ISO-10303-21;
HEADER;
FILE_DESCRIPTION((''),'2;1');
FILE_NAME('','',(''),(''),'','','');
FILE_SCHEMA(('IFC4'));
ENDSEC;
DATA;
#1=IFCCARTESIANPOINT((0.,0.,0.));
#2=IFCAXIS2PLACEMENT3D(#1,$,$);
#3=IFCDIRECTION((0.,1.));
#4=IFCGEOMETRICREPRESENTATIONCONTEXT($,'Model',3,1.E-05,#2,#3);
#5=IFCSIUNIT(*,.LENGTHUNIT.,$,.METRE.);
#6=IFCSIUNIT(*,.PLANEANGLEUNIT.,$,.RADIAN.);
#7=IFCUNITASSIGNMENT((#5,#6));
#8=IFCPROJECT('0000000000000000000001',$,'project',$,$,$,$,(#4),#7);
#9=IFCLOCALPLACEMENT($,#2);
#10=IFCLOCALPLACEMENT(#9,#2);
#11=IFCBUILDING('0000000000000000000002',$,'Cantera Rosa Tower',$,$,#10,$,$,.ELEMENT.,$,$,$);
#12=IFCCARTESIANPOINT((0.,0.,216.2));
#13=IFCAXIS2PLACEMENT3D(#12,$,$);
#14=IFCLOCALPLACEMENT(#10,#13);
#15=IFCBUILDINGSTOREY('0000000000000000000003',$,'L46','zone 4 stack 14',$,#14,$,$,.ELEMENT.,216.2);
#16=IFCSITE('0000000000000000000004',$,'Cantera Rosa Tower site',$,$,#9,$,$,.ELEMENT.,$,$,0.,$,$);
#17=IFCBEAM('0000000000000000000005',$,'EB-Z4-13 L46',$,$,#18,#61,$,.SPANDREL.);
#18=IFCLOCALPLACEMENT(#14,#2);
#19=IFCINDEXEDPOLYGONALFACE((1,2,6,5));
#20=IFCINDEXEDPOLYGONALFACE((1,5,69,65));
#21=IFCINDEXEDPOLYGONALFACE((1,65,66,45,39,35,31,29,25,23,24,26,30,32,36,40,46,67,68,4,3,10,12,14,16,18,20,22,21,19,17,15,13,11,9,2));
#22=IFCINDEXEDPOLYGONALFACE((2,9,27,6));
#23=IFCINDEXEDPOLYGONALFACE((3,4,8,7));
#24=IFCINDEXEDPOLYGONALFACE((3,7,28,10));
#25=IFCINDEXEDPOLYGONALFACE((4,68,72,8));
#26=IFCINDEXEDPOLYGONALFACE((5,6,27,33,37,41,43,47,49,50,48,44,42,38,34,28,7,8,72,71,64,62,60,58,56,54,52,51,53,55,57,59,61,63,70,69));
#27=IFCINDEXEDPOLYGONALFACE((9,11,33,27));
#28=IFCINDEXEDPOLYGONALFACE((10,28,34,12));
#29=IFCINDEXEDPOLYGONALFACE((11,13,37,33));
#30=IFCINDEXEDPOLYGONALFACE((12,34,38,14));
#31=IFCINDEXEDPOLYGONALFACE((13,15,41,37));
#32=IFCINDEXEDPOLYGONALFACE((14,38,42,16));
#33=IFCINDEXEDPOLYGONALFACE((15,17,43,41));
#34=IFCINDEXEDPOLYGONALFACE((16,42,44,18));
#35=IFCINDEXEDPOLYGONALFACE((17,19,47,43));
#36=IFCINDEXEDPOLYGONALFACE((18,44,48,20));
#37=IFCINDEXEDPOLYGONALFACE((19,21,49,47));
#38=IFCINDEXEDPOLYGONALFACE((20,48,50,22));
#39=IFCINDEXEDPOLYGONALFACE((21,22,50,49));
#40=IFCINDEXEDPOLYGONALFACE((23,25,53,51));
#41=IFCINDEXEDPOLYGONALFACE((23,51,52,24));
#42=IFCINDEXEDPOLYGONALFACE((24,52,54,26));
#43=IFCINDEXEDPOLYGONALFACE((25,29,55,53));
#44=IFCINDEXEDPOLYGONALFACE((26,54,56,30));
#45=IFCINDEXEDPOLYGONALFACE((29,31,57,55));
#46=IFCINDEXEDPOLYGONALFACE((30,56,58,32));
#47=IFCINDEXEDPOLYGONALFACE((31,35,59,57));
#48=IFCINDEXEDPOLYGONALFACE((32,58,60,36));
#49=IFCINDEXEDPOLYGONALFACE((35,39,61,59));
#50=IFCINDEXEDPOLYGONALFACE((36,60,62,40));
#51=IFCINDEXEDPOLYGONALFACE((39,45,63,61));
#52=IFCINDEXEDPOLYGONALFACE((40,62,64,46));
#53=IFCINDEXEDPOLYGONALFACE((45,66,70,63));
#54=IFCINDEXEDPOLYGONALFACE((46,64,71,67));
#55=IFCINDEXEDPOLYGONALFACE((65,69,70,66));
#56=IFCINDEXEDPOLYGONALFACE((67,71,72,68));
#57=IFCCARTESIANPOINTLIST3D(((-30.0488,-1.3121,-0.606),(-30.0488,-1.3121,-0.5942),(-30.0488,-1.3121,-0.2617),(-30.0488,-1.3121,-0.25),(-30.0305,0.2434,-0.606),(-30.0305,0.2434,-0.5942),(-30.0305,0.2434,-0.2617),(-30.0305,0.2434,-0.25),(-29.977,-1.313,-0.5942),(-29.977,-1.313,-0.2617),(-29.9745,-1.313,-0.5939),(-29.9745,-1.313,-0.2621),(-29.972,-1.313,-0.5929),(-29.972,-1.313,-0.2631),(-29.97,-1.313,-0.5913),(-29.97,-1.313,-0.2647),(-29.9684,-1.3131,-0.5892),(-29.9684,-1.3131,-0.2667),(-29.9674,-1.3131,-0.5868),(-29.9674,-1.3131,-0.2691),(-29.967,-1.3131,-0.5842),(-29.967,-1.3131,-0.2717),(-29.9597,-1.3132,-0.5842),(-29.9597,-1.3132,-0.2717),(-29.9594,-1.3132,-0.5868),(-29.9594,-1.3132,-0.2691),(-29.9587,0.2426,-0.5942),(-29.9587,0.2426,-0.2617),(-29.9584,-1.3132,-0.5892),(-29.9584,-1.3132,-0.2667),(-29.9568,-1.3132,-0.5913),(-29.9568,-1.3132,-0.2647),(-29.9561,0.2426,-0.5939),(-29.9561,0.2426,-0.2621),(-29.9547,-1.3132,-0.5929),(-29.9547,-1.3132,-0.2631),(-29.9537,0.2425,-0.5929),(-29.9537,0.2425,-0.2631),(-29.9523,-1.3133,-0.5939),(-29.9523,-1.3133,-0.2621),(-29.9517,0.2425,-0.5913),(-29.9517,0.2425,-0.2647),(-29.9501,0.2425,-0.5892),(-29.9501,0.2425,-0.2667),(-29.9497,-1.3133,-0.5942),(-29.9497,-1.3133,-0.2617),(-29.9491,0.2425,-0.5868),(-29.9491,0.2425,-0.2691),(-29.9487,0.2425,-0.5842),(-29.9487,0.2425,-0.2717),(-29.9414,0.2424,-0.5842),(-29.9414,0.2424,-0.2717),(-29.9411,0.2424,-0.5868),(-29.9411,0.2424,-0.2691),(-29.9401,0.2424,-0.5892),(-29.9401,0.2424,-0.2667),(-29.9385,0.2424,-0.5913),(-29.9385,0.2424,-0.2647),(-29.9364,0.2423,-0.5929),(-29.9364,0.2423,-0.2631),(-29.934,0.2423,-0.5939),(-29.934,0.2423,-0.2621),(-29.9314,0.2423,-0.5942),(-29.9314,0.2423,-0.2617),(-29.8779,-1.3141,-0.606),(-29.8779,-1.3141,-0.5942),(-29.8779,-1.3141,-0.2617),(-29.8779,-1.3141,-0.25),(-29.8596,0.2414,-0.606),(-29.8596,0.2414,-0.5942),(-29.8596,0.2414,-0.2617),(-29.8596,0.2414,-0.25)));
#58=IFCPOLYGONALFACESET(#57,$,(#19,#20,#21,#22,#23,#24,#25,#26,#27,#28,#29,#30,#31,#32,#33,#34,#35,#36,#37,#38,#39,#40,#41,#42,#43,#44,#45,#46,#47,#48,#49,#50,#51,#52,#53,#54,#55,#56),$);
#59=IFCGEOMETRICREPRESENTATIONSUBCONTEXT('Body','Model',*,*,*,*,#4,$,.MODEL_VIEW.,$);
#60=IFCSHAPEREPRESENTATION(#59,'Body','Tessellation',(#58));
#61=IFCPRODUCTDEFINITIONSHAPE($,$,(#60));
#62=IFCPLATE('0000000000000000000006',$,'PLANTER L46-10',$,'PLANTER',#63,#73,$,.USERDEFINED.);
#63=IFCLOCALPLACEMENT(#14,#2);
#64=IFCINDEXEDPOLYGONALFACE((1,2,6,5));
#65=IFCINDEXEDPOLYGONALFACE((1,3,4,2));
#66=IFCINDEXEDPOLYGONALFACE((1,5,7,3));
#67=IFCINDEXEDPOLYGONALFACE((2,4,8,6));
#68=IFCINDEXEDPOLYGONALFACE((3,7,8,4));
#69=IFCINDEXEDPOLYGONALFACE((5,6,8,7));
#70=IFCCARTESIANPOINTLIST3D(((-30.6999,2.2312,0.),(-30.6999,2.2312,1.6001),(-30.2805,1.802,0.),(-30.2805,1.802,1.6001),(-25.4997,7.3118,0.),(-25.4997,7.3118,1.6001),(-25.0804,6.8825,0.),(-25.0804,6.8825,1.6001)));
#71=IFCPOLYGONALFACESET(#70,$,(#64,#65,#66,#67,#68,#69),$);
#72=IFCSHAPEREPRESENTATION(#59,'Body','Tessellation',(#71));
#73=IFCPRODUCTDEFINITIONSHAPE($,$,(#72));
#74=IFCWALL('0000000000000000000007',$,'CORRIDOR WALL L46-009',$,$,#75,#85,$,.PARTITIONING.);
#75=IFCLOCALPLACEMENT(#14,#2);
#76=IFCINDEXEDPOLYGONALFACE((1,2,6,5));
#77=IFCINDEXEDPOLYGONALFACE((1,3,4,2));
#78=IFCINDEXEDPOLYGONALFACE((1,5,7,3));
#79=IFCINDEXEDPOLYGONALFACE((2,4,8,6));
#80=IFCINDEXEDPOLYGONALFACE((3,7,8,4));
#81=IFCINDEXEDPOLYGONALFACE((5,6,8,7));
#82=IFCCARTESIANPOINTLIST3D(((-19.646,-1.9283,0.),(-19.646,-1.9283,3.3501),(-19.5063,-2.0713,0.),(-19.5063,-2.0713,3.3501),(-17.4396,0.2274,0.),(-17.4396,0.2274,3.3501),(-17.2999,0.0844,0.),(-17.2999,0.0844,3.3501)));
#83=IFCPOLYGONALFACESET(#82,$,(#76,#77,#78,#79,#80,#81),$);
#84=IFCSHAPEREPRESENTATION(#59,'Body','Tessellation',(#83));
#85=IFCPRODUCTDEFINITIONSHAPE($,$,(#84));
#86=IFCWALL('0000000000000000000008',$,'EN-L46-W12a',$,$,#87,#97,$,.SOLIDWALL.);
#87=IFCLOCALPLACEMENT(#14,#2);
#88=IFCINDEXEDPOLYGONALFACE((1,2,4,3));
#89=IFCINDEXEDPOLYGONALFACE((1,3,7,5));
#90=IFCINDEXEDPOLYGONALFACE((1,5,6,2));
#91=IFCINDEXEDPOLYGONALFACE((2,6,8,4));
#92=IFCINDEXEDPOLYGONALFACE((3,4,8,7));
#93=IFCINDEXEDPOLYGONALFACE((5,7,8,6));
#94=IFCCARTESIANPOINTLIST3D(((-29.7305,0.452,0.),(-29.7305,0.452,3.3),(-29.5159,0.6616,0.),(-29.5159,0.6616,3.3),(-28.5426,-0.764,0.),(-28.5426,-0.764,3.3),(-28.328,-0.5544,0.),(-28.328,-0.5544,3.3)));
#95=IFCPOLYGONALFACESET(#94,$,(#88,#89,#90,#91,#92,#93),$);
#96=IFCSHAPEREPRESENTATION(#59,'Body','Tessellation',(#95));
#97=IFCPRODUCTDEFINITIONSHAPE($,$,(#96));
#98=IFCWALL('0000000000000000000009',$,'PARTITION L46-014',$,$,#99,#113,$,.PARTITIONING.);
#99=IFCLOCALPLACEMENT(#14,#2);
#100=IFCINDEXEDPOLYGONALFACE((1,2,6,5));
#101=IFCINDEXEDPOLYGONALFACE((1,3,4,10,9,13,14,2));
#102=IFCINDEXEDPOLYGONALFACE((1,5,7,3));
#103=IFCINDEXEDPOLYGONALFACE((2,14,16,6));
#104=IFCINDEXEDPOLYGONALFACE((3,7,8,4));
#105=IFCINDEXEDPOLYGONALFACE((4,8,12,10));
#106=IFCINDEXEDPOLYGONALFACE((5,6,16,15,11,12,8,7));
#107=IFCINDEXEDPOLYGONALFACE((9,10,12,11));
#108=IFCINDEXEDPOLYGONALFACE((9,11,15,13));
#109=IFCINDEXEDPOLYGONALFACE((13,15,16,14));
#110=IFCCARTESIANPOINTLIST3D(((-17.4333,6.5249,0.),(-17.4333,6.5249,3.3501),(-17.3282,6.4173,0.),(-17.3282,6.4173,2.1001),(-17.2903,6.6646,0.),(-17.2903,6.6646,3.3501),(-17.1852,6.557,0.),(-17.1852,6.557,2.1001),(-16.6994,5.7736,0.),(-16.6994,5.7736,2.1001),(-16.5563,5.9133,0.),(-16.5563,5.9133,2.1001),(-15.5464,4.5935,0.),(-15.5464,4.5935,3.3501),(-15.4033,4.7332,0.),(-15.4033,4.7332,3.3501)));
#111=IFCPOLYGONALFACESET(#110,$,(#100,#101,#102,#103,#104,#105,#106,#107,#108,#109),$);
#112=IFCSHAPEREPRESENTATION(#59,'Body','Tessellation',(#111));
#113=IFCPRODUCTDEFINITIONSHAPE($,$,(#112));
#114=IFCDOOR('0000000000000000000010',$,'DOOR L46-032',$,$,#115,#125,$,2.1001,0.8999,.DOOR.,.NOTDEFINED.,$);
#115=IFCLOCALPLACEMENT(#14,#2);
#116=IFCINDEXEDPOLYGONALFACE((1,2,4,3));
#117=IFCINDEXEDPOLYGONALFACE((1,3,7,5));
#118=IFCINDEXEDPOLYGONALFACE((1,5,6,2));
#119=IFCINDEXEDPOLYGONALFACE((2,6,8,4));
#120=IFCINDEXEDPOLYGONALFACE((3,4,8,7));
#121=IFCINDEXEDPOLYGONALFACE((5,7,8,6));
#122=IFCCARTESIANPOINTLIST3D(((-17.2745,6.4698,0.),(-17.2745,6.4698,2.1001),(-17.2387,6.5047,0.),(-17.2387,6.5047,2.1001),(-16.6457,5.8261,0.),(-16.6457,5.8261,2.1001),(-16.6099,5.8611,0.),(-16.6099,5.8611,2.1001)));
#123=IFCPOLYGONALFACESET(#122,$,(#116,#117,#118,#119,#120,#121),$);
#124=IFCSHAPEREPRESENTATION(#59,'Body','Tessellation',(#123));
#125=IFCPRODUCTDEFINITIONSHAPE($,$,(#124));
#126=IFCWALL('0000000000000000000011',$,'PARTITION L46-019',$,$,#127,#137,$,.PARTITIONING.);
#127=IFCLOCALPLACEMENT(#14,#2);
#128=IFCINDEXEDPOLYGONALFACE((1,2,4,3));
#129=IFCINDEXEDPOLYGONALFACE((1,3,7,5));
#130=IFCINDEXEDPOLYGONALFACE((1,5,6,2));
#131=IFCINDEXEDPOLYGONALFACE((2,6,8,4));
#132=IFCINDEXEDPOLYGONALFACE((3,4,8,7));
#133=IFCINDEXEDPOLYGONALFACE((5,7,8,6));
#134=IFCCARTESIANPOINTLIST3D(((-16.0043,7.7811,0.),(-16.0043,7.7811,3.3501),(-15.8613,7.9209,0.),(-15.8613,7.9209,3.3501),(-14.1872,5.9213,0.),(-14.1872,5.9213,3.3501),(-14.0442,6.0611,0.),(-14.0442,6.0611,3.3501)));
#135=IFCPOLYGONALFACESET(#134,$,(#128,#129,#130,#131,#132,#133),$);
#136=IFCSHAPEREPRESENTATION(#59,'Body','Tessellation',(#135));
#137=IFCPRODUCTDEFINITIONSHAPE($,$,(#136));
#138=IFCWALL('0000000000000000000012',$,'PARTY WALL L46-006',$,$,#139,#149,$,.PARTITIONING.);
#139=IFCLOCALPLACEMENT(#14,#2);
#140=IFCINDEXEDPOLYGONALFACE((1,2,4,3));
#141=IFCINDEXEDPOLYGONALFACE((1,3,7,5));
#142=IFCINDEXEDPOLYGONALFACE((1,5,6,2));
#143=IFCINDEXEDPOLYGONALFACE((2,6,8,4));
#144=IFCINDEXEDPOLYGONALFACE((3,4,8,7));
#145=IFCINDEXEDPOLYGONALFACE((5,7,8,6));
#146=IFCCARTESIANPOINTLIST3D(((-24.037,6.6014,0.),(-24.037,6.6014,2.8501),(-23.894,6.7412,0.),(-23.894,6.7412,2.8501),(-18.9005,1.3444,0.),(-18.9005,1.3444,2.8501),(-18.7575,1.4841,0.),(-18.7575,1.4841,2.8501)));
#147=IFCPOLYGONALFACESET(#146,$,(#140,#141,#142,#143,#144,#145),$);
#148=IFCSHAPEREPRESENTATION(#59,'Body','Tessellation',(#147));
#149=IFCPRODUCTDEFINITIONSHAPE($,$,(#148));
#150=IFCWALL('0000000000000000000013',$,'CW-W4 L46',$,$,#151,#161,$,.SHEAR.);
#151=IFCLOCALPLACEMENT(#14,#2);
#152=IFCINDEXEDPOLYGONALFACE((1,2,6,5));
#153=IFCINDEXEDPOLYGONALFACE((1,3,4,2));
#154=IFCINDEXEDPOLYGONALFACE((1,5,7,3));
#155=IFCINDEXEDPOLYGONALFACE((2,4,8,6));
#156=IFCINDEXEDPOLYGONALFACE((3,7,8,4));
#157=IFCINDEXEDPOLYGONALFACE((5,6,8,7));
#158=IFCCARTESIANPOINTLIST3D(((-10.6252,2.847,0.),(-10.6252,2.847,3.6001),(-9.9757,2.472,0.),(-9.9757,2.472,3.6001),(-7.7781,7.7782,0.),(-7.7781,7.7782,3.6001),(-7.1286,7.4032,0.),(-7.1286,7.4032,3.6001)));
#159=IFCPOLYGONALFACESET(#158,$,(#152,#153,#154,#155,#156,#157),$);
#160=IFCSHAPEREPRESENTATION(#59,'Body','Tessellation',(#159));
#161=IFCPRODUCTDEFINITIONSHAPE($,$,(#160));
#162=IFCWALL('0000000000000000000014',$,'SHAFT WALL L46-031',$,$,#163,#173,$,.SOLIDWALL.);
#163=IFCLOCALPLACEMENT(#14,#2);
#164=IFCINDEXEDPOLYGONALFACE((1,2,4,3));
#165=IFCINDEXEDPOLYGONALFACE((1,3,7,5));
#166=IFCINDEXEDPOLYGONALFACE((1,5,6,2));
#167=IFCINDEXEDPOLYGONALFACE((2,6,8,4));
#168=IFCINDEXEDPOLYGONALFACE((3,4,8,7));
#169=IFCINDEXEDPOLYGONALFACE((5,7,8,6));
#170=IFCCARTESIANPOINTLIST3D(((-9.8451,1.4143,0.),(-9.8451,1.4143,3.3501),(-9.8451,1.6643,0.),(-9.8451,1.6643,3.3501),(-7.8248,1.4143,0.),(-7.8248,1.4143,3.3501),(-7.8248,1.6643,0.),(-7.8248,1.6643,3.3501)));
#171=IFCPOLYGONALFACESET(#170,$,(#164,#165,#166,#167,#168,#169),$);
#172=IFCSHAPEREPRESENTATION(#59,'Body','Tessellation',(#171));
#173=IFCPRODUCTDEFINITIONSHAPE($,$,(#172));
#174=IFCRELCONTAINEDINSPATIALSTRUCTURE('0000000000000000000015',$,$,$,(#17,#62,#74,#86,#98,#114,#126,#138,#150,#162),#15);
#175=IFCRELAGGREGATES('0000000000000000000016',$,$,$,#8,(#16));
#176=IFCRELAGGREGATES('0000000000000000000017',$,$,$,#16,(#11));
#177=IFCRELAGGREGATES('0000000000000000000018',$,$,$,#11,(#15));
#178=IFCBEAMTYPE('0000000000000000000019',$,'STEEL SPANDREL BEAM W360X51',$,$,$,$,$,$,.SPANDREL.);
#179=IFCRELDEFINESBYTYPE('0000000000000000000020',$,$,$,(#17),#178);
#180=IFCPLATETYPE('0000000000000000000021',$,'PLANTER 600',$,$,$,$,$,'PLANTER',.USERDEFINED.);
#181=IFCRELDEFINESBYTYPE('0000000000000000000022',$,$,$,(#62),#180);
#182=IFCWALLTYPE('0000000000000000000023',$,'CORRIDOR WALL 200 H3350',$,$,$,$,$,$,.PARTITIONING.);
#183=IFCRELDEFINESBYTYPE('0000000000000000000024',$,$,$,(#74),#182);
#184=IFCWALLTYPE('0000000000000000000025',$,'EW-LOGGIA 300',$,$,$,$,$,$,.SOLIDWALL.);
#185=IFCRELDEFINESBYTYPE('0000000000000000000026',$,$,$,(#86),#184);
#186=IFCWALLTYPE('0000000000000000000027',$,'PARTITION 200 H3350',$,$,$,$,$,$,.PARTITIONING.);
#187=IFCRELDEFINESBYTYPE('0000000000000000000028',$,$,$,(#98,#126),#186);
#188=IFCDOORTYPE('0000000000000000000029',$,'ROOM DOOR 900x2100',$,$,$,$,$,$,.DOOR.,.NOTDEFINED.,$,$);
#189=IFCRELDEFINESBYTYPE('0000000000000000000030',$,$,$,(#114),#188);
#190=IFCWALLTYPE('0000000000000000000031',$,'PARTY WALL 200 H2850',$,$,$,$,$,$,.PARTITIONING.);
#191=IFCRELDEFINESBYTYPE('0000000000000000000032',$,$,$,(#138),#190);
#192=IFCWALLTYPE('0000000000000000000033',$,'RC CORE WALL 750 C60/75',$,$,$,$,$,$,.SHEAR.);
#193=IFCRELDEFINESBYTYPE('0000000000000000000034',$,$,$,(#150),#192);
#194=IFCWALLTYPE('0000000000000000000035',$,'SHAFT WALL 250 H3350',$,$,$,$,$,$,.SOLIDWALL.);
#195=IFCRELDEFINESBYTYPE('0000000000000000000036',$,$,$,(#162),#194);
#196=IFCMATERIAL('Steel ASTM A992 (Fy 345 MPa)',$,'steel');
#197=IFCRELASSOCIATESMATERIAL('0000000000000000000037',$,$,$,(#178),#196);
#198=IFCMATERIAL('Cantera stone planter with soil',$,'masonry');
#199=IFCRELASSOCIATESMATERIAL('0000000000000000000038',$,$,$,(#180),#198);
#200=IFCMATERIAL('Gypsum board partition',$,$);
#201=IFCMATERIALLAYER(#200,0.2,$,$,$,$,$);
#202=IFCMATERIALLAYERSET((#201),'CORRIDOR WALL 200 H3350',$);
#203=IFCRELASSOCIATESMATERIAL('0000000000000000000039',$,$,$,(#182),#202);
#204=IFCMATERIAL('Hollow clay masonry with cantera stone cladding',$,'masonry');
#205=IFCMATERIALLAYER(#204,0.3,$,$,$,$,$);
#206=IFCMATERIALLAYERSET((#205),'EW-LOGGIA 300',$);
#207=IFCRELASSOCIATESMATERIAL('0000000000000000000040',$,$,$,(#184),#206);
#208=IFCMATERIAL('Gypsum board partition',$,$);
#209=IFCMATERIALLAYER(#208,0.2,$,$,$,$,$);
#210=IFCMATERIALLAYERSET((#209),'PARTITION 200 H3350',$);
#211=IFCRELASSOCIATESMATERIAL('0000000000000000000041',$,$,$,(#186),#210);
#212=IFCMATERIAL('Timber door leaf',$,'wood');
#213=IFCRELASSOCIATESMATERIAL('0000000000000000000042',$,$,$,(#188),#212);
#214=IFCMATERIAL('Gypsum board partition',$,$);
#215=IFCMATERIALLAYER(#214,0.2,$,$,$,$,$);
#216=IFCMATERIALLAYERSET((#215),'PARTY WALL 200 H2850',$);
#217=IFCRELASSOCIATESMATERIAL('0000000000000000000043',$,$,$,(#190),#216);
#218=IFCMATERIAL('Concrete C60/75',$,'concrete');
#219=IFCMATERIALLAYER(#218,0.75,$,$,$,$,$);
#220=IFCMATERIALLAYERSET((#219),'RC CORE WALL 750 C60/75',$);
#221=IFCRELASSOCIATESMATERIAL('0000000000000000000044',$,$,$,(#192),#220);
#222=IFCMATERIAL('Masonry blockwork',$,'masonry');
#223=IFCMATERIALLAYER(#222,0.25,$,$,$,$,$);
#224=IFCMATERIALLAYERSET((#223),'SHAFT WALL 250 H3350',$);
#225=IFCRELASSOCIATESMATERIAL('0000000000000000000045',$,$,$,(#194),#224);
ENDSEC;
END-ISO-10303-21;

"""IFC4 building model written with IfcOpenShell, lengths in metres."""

from ifc_helpers import new_model, si_unit, direction, frame, frame_2d, origin, origin_2d, place, context, subcontext, project, spatial, rectangle, i_section, extrude, material, layer, layer_set, material_profile, profile_set, type_object, element, fill, save


model = new_model("IFC4")

# Units and contexts
model_context = context("Model", 3, precision=1e-05, world=origin(), true_north=direction((0.0, 1.0)))
body_context = subcontext(model_context, "Body", "Model", "MODEL_VIEW")
ifc_project = project(units=[si_unit("LENGTHUNIT", "METRE"), si_unit("PLANEANGLEUNIT", "RADIAN")], contexts=[model_context])

# Site, building, storey
site_placement = place(None, origin())
site = spatial("IfcSite", under=ifc_project, at=site_placement, Name="Cantera Rosa Tower site", CompositionType="ELEMENT", RefElevation=0.0)
building_placement = place(site_placement, origin())
building = spatial("IfcBuilding", under=site, at=building_placement, Name="Cantera Rosa Tower", CompositionType="ELEMENT")
storey_placement = place(building_placement, frame((0.0, 0.0, 216.2)))
storey = spatial("IfcBuildingStorey", under=building, at=storey_placement, Name="L46", Description="zone 4 stack 14", CompositionType="ELEMENT", Elevation=216.2)

# Beam
ifc_material_1 = material(Name="Steel ASTM A992 (Fy 345 MPa)", Category="steel")
ifc_material_profile_1 = material_profile(ifc_material_1, i_section(OverallWidth=0.1709, OverallDepth=0.356, WebThickness=0.0073, FlangeThickness=0.0117, FilletRadius=0.01, at=origin_2d()), Name="W360X51")
ifc_profile_set_1 = profile_set([ifc_material_profile_1], Name="Steel ASTM A992 (Fy 345 MPa)")
beam_type_1 = type_object("IfcBeamType", Name="STEEL SPANDREL BEAM W360X51", PredefinedType="SPANDREL", material=ifc_profile_set_1)
beam_1_placement = place(storey_placement, frame((-29.9451, 0.2424, -0.428), z_axis=(-0.011769, -0.999931, 0.0), x_axis=(0.999931, -0.011769, 0.0)))
element("IfcBeam", 1, at=beam_1_placement, inside=storey, type_object=beam_type_1, Name="EB-Z4-13 L46", PredefinedType="SPANDREL", context=body_context, shape_type="SweptSolid", body=[
    extrude(i_section(OverallWidth=0.1709, OverallDepth=0.356, WebThickness=0.0073, FlangeThickness=0.0117, FilletRadius=0.01, at=origin_2d()), origin(), (0.0, 0.0, 1.0), 1.5557),
])

# Plate
ifc_material_2 = material(Name="Cantera stone planter with soil", Category="masonry")
plate_type = type_object("IfcPlateType", Name="PLANTER 600", ElementType="PLANTER", PredefinedType="USERDEFINED", material=ifc_material_2)
plate_placement = place(storey_placement, frame((-27.8901, 4.5569, 0.0), z_axis=(0.0, 0.0, 1.0), x_axis=(-0.715286, -0.698832, 0.0)))
element("IfcPlate", 2, at=plate_placement, inside=storey, type_object=plate_type, Name="PLANTER L46-10", ObjectType="PLANTER", PredefinedType="USERDEFINED", context=body_context, shape_type="SweptSolid", body=[
    extrude(rectangle(XDim=7.27, YDim=0.6001, at=origin_2d()), origin(), (0.0, 0.0, 1.0), 1.6001),
])

# Walls
ifc_material_3 = material(Name="Gypsum board partition")
ifc_layer_1 = layer(ifc_material_3, 0.2)
ifc_layer_set_1 = layer_set([ifc_layer_1], Name="CORRIDOR WALL 200 H3350")
wall_type_1 = type_object("IfcWallType", Name="CORRIDOR WALL 200 H3350", PredefinedType="PARTITIONING", material=ifc_layer_set_1)
wall_1_placement = place(storey_placement, frame((-17.3696, 0.156, 0.0), z_axis=(0.0, 0.0, 1.0), x_axis=(-0.71529, -0.698828, 0.0)))
element("IfcWall", 3, at=wall_1_placement, inside=storey, type_object=wall_type_1, Name="CORRIDOR WALL L46-009", PredefinedType="PARTITIONING", context=body_context, shape_type="SweptSolid", body=[
    extrude(rectangle(XDim=3.0847, YDim=0.2, at=frame_2d((1.5425, 0.0))), origin(), (0.0, 0.0, 1.0), 3.3501),
])
ifc_material_4 = material(Name="Hollow clay masonry with cantera stone cladding", Category="masonry")
ifc_layer_2 = layer(ifc_material_4, 0.3)
ifc_layer_set_2 = layer_set([ifc_layer_2], Name="EW-LOGGIA 300")
wall_type_2 = type_object("IfcWallType", Name="EW-LOGGIA 300", PredefinedType="SOLIDWALL", material=ifc_layer_set_2)
wall_2_placement = place(storey_placement, frame((-29.6233, 0.5569, 0.0), z_axis=(0.0, 0.0, 1.0), x_axis=(0.698801, -0.715316, 0.0)))
element("IfcWall", 4, at=wall_2_placement, inside=storey, type_object=wall_type_2, Name="EN-L46-W12a", PredefinedType="SOLIDWALL", context=body_context, shape_type="SweptSolid", body=[
    extrude(rectangle(XDim=1.7, YDim=0.3, at=frame_2d((0.8501, 0.0))), origin(), (0.0, 0.0, 1.0), 3.3),
])

# Wall, opening, door
ifc_material_5 = material(Name="Gypsum board partition")
ifc_layer_3 = layer(ifc_material_5, 0.2)
ifc_layer_set_3 = layer_set([ifc_layer_3], Name="PARTITION 200 H3350")
wall_type_3 = type_object("IfcWallType", Name="PARTITION 200 H3350", PredefinedType="PARTITIONING", material=ifc_layer_set_3)
wall_3_placement = place(storey_placement, frame((-15.4749, 4.6633, 0.0), z_axis=(0.0, 0.0, 1.0), x_axis=(-0.698831, 0.715287, 0.0)))
wall_3 = element("IfcWall", 5, at=wall_3_placement, inside=storey, type_object=wall_type_3, Name="PARTITION L46-014", PredefinedType="PARTITIONING", context=body_context, shape_type="SweptSolid", body=[
    extrude(rectangle(XDim=2.7002, YDim=0.2, at=frame_2d((1.3501, 0.0))), origin(), (0.0, 0.0, 1.0), 3.3501),
])
opening_1_placement = place(wall_3_placement, frame((1.6499, 0.0, 0.0)))
opening_1 = element("IfcOpeningElement", 6, at=opening_1_placement, cuts=wall_3, PredefinedType="OPENING", context=body_context, shape_type="SweptSolid", body=[
    extrude(rectangle(XDim=0.8999, YDim=2.1001, at=frame_2d((0.45, 1.05))), frame((0.0, 0.1099, 0.0), z_axis=(0.0, -1.0, 0.0), x_axis=(1.0, 0.0, 0.0)), (0.0, 0.0, 1.0), 0.22),
])
ifc_material_6 = material(Name="Timber door leaf", Category="wood")
door_type_1 = type_object("IfcDoorType", Name="ROOM DOOR 900x2100", OperationType="NOTDEFINED", PredefinedType="DOOR", material=ifc_material_6)
door_1_placement = place(opening_1_placement, origin())
door_1 = element("IfcDoor", 7, at=door_1_placement, inside=storey, type_object=door_type_1, Name="DOOR L46-032", OperationType="NOTDEFINED", OverallHeight=2.1001, OverallWidth=0.8999, PredefinedType="DOOR", context=body_context, shape_type="SweptSolid", body=[
    extrude(rectangle(XDim=0.8999, YDim=2.1001, at=frame_2d((0.45, 1.05))), frame((0.0, 0.0249, 0.0), z_axis=(0.0, -1.0, 0.0), x_axis=(1.0, 0.0, 0.0)), (0.0, 0.0, 1.0), 0.05),
])
fill(opening_1, door_1)

# Walls
wall_4_placement = place(storey_placement, frame((-14.1157, 5.9912, 0.0), z_axis=(0.0, 0.0, 1.0), x_axis=(-0.698843, 0.715275, 0.0)))
element("IfcWall", 8, at=wall_4_placement, inside=storey, type_object=wall_type_3, Name="PARTITION L46-019", PredefinedType="PARTITIONING", context=body_context, shape_type="SweptSolid", body=[
    extrude(rectangle(XDim=2.6001, YDim=0.2, at=frame_2d((1.3, 0.0))), origin(), (0.0, 0.0, 1.0), 3.3501),
])
ifc_material_7 = material(Name="Gypsum board partition")
ifc_layer_4 = layer(ifc_material_7, 0.2)
ifc_layer_set_4 = layer_set([ifc_layer_4], Name="PARTY WALL 200 H2850")
wall_type_4 = type_object("IfcWallType", Name="PARTY WALL 200 H2850", PredefinedType="PARTITIONING", material=ifc_layer_set_4)
wall_5_placement = place(storey_placement, frame((-18.8291, 1.4143, 0.0), z_axis=(0.0, 0.0, 1.0), x_axis=(-0.698855, 0.715264, 0.0)))
element("IfcWall", 9, at=wall_5_placement, inside=storey, type_object=wall_type_4, Name="PARTY WALL L46-006", PredefinedType="PARTITIONING", context=body_context, shape_type="SweptSolid", body=[
    extrude(rectangle(XDim=7.3499, YDim=0.2, at=frame_2d((3.6748, 0.0))), origin(), (0.0, 0.0, 1.0), 2.8501),
])
ifc_material_8 = material(Name="Concrete C60/75", Category="concrete")
ifc_layer_5 = layer(ifc_material_8, 0.75)
ifc_layer_set_5 = layer_set([ifc_layer_5], Name="RC CORE WALL 750 C60/75")
wall_type_5 = type_object("IfcWallType", Name="RC CORE WALL 750 C60/75", PredefinedType="SHEAR", material=ifc_layer_set_5)
wall_6_placement = place(storey_placement, frame((-10.3005, 2.6594, 0.0), z_axis=(0.0, 0.0, 1.0), x_axis=(0.500022, 0.866013, 0.0)))
element("IfcWall", 10, at=wall_6_placement, inside=storey, type_object=wall_type_5, Name="CW-W4 L46", PredefinedType="SHEAR", context=body_context, shape_type="SweptSolid", body=[
    extrude(rectangle(XDim=5.6941, YDim=0.75, at=frame_2d((2.8472, 0.0))), origin(), (0.0, 0.0, 1.0), 3.6001),
])
ifc_material_9 = material(Name="Masonry blockwork", Category="masonry")
ifc_layer_6 = layer(ifc_material_9, 0.25)
ifc_layer_set_6 = layer_set([ifc_layer_6], Name="SHAFT WALL 250 H3350")
wall_type_6 = type_object("IfcWallType", Name="SHAFT WALL 250 H3350", PredefinedType="SOLIDWALL", material=ifc_layer_set_6)
wall_7_placement = place(storey_placement, frame((-9.8452, 1.5393, 0.0), z_axis=(0.0, 0.0, 1.0), x_axis=(1.0, 0.0, 0.0)))
element("IfcWall", 11, at=wall_7_placement, inside=storey, type_object=wall_type_6, Name="SHAFT WALL L46-031", PredefinedType="SOLIDWALL", context=body_context, shape_type="SweptSolid", body=[
    extrude(rectangle(XDim=2.0203, YDim=0.25, at=frame_2d((1.0103, 0.0))), origin(), (0.0, 0.0, 1.0), 3.3501),
])

save(model, "model.ifc")
